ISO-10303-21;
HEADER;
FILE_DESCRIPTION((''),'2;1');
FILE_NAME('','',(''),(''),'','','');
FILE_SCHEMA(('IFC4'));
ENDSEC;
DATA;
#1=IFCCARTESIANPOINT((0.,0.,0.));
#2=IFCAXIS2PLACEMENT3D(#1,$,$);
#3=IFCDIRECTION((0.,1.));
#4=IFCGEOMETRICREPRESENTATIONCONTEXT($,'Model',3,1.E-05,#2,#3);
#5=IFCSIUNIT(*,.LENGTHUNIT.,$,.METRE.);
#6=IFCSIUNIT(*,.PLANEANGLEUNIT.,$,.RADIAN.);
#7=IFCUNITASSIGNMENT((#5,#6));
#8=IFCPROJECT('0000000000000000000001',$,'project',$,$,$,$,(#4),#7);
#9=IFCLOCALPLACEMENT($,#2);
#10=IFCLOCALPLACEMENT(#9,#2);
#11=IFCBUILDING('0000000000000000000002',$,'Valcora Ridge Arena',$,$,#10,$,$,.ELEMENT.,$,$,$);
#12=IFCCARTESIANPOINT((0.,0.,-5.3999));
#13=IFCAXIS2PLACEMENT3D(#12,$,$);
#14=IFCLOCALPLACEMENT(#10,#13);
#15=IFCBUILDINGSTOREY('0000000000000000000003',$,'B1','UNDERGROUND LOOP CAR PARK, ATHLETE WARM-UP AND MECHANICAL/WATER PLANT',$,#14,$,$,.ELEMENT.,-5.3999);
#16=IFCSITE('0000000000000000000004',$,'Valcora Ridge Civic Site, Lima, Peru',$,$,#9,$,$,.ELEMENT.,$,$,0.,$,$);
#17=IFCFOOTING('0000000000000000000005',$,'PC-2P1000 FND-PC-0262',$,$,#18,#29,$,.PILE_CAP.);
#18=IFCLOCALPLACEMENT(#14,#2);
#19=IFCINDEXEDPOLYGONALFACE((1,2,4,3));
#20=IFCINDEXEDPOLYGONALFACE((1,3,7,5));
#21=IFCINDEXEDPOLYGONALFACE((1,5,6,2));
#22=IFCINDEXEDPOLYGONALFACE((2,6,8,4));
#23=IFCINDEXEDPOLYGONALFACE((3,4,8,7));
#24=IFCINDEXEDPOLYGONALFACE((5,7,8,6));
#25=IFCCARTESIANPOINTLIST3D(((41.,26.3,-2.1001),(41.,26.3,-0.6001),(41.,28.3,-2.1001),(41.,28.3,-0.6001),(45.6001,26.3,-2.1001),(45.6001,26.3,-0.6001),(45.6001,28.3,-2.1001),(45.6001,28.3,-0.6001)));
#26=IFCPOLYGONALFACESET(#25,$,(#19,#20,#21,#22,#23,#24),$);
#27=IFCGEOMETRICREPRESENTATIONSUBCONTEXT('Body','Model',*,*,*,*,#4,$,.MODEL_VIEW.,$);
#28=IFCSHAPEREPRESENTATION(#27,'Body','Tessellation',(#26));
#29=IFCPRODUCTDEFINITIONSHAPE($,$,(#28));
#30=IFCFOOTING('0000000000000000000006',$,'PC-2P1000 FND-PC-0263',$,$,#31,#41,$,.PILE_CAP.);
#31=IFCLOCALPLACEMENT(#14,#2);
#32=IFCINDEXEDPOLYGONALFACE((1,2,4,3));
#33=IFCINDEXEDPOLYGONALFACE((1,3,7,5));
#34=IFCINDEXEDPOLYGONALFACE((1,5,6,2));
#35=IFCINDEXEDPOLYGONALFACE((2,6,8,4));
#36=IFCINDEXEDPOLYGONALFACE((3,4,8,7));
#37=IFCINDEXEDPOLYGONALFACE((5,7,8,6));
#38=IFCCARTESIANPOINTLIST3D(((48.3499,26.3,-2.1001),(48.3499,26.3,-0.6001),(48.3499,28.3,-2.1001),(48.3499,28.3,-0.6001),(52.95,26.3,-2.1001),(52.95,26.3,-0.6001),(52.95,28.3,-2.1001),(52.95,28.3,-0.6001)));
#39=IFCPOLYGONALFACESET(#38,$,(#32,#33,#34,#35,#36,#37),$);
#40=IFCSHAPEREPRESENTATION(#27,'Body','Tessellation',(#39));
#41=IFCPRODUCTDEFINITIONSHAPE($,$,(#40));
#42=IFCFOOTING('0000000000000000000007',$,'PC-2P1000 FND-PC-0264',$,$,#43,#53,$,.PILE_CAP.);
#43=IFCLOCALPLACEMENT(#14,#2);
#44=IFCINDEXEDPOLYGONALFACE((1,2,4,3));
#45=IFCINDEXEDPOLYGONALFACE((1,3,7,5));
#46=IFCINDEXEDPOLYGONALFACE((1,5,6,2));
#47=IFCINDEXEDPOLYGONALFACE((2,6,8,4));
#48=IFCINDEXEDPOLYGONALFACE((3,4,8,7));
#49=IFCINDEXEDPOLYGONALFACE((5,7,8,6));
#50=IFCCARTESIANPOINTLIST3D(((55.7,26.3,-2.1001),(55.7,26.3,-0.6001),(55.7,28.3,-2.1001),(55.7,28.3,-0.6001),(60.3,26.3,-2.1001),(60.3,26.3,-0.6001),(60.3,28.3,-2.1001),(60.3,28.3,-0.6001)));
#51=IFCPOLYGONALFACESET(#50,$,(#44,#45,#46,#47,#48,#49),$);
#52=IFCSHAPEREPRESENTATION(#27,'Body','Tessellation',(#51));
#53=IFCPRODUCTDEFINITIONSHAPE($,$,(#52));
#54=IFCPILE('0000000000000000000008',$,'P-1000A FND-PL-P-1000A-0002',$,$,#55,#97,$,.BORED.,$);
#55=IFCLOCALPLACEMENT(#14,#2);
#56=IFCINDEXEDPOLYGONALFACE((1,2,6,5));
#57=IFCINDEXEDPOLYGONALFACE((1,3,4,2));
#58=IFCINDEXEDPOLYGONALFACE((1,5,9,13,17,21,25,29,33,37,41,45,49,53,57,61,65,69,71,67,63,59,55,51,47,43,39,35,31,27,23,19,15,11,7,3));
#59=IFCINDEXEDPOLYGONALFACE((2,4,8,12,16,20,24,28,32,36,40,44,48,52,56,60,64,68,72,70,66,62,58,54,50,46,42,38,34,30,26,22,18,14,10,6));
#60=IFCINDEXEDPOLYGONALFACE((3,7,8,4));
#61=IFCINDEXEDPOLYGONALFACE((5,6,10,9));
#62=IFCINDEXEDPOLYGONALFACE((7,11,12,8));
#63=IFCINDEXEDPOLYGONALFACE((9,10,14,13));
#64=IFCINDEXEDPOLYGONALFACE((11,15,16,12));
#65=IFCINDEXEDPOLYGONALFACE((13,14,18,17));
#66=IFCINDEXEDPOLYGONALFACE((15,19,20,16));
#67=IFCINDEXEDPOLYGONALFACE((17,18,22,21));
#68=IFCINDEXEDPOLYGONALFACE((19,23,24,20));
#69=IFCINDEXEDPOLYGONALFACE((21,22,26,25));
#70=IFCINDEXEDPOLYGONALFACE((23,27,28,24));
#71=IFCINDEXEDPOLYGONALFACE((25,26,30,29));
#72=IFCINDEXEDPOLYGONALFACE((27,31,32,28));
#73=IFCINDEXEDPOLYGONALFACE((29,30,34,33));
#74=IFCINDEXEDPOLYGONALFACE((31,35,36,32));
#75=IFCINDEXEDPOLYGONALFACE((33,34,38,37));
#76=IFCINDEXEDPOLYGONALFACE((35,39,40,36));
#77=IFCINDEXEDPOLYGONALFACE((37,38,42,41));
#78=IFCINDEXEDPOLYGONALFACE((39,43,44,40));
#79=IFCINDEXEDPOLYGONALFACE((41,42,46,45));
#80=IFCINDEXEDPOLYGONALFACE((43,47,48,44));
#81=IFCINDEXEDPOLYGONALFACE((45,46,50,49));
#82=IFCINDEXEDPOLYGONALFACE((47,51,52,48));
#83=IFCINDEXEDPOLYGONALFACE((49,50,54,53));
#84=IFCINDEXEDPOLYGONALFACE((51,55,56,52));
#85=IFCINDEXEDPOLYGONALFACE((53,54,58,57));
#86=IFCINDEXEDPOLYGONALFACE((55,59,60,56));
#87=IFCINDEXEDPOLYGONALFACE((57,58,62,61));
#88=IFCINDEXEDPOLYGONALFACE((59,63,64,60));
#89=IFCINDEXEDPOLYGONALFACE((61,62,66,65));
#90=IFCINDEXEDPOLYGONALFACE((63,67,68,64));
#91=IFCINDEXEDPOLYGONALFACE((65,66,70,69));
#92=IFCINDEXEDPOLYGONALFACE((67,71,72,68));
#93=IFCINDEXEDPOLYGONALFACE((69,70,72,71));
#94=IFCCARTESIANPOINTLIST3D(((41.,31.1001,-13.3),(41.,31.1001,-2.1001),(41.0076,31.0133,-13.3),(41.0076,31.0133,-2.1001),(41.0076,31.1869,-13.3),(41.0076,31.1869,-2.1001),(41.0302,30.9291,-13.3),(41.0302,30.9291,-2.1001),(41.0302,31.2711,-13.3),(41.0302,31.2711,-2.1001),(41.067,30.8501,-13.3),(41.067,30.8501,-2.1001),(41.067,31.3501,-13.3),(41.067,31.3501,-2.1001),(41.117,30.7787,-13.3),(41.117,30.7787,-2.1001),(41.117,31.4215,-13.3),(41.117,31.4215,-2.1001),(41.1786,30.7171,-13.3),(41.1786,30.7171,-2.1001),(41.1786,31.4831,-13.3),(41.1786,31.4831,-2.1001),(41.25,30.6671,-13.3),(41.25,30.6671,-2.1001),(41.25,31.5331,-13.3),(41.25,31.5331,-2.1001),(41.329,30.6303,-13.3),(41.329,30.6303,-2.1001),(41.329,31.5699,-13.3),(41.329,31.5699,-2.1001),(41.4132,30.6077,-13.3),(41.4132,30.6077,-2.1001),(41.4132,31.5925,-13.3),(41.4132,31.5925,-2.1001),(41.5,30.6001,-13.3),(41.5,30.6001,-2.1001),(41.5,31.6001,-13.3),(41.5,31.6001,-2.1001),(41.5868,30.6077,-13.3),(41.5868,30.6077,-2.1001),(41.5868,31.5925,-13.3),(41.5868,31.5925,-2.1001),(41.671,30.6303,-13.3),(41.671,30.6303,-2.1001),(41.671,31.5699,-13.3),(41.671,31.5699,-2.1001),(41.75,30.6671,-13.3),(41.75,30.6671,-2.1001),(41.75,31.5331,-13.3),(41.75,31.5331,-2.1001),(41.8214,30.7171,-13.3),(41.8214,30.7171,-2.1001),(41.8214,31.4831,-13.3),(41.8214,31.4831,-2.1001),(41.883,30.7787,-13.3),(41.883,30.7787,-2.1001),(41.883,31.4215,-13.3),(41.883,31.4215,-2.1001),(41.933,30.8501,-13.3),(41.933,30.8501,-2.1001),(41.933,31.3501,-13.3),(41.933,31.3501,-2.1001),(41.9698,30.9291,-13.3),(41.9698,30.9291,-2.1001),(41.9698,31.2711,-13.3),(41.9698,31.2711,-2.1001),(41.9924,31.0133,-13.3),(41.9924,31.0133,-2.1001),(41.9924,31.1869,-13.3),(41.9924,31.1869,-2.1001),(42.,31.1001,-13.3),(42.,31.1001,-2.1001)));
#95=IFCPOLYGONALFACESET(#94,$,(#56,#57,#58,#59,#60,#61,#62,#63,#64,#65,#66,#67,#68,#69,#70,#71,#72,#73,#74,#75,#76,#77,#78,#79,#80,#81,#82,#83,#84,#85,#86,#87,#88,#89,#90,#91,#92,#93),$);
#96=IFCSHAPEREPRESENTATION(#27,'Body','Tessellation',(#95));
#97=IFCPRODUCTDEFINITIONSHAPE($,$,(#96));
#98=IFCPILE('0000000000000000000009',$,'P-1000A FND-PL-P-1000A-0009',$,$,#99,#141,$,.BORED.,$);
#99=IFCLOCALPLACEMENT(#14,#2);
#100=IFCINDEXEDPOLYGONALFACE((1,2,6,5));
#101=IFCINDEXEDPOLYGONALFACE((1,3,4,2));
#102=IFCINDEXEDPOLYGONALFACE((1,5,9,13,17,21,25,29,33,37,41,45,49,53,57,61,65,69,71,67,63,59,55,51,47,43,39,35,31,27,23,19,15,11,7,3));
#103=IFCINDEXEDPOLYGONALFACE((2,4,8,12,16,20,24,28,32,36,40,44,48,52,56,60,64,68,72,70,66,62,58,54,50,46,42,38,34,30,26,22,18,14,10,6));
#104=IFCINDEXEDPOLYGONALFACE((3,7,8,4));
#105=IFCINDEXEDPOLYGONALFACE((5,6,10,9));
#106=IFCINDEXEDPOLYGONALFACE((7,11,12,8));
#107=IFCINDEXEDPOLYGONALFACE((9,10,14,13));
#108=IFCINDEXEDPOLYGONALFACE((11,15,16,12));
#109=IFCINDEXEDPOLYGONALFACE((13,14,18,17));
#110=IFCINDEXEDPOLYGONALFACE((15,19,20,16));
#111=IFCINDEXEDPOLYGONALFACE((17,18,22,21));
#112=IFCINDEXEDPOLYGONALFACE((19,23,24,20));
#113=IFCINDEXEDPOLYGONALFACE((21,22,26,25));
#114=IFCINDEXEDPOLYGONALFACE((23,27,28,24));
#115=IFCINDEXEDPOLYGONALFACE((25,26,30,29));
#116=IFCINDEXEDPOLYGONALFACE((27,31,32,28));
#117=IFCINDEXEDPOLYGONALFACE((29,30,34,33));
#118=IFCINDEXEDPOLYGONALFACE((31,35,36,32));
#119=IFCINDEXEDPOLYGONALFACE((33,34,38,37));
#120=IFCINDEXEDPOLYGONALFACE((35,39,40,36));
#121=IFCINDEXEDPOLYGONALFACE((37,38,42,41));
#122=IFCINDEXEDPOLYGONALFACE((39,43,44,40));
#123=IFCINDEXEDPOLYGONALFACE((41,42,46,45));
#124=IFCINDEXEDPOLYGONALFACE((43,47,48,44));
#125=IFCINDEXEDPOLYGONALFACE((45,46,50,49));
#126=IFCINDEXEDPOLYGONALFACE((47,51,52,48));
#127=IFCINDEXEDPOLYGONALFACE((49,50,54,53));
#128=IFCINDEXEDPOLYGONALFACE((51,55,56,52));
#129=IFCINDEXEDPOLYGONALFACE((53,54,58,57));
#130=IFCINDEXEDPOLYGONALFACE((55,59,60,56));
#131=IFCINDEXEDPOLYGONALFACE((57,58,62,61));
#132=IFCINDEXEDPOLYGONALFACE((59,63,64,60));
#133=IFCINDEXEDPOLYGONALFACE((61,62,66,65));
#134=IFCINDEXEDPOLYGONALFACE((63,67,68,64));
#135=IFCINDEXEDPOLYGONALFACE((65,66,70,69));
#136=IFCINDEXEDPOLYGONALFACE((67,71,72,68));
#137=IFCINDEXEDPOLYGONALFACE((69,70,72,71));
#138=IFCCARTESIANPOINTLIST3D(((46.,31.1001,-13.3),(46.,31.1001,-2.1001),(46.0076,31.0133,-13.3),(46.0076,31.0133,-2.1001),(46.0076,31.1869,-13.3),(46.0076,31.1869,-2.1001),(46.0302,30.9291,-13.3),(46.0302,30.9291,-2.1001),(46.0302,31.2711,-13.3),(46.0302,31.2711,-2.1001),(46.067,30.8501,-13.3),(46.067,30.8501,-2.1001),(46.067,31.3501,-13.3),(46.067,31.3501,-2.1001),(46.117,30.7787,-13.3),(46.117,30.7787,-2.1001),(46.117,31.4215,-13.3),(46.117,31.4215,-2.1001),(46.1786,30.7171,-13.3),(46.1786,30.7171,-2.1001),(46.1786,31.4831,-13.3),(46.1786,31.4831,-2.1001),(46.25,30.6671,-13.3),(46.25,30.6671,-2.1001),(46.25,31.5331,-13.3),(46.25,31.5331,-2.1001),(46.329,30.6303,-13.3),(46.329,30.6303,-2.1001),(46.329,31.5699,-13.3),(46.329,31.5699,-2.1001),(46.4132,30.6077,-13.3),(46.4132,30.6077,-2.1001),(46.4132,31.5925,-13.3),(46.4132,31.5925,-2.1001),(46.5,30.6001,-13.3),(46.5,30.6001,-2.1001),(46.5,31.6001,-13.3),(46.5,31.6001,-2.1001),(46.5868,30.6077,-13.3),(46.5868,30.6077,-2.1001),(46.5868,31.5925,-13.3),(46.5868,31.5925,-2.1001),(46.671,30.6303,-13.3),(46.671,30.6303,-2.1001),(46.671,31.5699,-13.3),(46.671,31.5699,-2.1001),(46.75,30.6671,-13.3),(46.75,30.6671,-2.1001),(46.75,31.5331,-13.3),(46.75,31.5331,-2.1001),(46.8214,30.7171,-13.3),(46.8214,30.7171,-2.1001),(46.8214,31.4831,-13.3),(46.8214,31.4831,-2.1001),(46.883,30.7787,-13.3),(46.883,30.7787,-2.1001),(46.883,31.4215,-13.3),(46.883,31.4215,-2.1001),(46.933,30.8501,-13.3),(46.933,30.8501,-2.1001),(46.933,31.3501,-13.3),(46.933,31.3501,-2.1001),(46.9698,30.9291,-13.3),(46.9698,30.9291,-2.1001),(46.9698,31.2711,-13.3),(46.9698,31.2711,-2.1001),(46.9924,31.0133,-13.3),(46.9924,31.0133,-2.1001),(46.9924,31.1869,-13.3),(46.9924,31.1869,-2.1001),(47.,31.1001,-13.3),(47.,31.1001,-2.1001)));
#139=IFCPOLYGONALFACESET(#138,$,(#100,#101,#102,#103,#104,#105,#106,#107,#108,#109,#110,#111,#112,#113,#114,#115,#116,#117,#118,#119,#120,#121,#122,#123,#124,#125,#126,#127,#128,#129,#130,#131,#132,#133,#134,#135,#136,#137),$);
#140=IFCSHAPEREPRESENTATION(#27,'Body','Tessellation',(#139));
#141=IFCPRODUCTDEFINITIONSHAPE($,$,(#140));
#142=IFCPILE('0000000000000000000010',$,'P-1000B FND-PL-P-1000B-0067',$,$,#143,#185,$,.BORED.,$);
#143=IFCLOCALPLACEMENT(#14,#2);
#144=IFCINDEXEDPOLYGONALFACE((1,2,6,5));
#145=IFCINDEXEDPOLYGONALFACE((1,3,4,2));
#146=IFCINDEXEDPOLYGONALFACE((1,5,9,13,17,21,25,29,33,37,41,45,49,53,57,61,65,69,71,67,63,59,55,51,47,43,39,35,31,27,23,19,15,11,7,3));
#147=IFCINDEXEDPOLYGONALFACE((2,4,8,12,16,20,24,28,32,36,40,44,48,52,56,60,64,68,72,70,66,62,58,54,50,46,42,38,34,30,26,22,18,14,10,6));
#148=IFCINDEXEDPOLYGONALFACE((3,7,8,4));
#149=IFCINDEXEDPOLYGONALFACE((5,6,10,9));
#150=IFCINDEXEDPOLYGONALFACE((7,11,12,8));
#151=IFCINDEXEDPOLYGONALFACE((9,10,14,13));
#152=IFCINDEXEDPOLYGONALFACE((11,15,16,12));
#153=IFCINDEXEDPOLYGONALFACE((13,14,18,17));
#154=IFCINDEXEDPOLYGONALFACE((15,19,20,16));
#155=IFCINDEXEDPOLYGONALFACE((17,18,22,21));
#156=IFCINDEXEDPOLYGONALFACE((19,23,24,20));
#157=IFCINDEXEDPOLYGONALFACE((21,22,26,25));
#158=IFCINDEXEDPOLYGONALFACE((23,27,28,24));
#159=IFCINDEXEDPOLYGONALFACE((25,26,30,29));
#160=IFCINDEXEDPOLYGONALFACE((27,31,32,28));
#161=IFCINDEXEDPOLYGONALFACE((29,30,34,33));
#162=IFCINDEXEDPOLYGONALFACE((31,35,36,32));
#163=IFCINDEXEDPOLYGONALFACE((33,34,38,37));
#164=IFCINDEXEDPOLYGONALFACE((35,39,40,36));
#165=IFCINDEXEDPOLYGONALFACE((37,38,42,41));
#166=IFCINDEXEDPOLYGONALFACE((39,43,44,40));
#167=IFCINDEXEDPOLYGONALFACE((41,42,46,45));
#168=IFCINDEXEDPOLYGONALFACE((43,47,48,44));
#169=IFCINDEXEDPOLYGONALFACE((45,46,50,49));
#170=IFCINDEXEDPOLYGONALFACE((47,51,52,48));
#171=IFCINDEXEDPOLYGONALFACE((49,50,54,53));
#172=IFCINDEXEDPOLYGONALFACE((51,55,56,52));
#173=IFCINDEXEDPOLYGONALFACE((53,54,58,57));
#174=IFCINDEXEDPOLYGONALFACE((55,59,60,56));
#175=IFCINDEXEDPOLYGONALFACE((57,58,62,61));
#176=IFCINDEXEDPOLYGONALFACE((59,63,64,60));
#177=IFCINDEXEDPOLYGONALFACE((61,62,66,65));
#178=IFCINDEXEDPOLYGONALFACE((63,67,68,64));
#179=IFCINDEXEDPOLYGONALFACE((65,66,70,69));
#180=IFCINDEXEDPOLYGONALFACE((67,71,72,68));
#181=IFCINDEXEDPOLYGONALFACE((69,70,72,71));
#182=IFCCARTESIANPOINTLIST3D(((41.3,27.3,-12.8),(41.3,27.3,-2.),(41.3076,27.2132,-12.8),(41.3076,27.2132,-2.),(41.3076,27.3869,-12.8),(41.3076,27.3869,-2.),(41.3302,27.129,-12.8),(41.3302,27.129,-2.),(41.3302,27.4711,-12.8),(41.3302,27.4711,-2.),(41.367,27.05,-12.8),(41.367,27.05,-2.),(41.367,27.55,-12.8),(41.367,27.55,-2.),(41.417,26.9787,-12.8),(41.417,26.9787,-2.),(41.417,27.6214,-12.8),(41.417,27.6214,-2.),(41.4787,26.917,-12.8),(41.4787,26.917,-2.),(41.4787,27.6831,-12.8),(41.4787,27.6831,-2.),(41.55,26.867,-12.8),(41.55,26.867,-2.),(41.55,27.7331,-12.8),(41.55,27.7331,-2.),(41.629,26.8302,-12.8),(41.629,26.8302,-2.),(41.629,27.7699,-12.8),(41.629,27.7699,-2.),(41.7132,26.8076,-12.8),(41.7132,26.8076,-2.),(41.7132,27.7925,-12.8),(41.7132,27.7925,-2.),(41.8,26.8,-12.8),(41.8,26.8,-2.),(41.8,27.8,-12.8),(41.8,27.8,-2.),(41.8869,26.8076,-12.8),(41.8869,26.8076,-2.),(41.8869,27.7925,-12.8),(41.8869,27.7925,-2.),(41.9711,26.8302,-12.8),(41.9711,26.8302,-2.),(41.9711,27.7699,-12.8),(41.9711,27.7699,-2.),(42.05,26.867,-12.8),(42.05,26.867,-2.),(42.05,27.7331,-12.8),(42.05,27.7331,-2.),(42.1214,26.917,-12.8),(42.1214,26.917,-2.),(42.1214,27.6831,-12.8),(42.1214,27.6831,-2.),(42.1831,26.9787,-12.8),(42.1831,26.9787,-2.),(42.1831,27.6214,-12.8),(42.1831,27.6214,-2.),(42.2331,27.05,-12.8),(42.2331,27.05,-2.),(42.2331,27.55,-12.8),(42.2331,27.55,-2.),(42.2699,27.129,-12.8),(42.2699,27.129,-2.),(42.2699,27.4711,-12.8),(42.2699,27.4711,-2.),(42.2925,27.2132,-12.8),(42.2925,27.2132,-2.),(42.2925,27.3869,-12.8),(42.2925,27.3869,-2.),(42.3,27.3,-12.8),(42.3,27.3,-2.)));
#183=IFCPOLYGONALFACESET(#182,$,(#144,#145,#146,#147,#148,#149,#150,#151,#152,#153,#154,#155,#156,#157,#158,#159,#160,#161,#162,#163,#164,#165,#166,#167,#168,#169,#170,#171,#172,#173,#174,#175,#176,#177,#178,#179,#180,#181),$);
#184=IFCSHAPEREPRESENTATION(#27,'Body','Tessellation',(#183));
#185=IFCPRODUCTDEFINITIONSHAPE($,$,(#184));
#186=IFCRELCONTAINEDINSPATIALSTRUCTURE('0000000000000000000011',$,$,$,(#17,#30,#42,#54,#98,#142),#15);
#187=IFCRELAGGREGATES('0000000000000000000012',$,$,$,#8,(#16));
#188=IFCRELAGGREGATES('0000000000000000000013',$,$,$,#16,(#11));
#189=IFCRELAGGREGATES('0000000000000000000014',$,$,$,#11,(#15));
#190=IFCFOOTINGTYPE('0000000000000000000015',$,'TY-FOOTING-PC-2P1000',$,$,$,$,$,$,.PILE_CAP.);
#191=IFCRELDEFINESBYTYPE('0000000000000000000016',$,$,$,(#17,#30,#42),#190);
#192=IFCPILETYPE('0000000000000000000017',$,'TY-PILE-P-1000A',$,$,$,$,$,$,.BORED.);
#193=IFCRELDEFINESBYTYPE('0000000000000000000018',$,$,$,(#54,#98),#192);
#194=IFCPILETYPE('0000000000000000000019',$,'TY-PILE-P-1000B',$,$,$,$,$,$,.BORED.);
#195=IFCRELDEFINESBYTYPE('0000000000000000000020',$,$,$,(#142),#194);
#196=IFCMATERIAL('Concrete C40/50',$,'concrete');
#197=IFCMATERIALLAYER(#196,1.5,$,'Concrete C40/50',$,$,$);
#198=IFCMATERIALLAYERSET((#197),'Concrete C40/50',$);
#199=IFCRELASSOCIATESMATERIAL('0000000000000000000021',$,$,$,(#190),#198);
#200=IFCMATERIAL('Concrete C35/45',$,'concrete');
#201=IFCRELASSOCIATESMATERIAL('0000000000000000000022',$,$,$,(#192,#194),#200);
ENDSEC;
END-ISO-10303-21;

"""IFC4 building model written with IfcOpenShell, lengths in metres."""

from ifc_helpers import new_model, si_unit, direction, frame, origin, origin_2d, place, context, subcontext, project, spatial, rectangle, circle, extrude, material, layer, layer_set, material_profile, profile_set, type_object, element, save


model = new_model("IFC4")

# Units and contexts
model_context = context("Model", 3, precision=1e-05, world=origin(), true_north=direction((0.0, 1.0)))
body_context = subcontext(model_context, "Body", "Model", "MODEL_VIEW")
ifc_project = project(units=[si_unit("LENGTHUNIT", "METRE"), si_unit("PLANEANGLEUNIT", "RADIAN")], contexts=[model_context])

# Site, building, storey
site_placement = place(None, origin())
site = spatial("IfcSite", under=ifc_project, at=site_placement, Name="Valcora Ridge Civic Site, Lima, Peru", CompositionType="ELEMENT", RefElevation=0.0)
building_placement = place(site_placement, origin())
building = spatial("IfcBuilding", under=site, at=building_placement, Name="Valcora Ridge Arena", CompositionType="ELEMENT")
storey_placement = place(building_placement, frame((0.0, 0.0, -5.3999)))
storey = spatial("IfcBuildingStorey", under=building, at=storey_placement, Name="B1", Description="UNDERGROUND LOOP CAR PARK, ATHLETE WARM-UP AND MECHANICAL/WATER PLANT", CompositionType="ELEMENT", Elevation=-5.3999)

# Footings
ifc_material_1 = material(Name="Concrete C40/50", Category="concrete")
ifc_layer_1 = layer(ifc_material_1, 1.5, Name="Concrete C40/50")
ifc_layer_set_1 = layer_set([ifc_layer_1], Name="Concrete C40/50")
footing_type = type_object("IfcFootingType", Name="TY-FOOTING-PC-2P1000", PredefinedType="PILE_CAP", material=ifc_layer_set_1)
for number, where, z_axis, x_axis, name in (
    (1, (43.3, 27.3, -2.1001), (0.0, 0.0, 1.0), (1.0, 0.0, 0.0), "PC-2P1000 FND-PC-0262"),
    (2, (50.6499, 27.3, -2.1001), (0.0, 0.0, 1.0), (1.0, 0.0, 0.0), "PC-2P1000 FND-PC-0263"),
    (3, (58.0, 27.3, -2.1001), (0.0, 0.0, 1.0), (1.0, 0.0, 0.0), "PC-2P1000 FND-PC-0264"),
):
    element("IfcFooting", number, at=place(storey_placement, frame(where, z_axis=z_axis, x_axis=x_axis)), inside=storey, type_object=footing_type, Name=name, PredefinedType="PILE_CAP", context=body_context, shape_type="SweptSolid", body=[
        extrude(rectangle(XDim=4.6001, YDim=2.0, at=origin_2d()), origin(), (0.0, 0.0, 1.0), 1.5),
    ])

# Piles
ifc_material_2 = material(Name="Concrete C35/45", Category="concrete")
ifc_material_profile_1 = material_profile(ifc_material_2, circle(Radius=0.5, at=origin_2d()), Name="BORED PILE D1000")
ifc_profile_set_1 = profile_set([ifc_material_profile_1], Name="Concrete C35/45")
pile_type_1 = type_object("IfcPileType", Name="TY-PILE-P-1000A", PredefinedType="BORED", material=ifc_profile_set_1)
for number, where, z_axis, x_axis, name in (
    (4, (41.5, 31.1001, -2.1001), (0.0, 0.0, -1.0), (1.0, 0.0, 0.0), "P-1000A FND-PL-P-1000A-0002"),
    (5, (46.5, 31.1001, -2.1001), (0.0, 0.0, -1.0), (1.0, 0.0, 0.0), "P-1000A FND-PL-P-1000A-0009"),
):
    element("IfcPile", number, at=place(storey_placement, frame(where, z_axis=z_axis, x_axis=x_axis)), inside=storey, type_object=pile_type_1, Name=name, PredefinedType="BORED", context=body_context, shape_type="SweptSolid", body=[
        extrude(circle(Radius=0.5, at=origin_2d()), origin(), (0.0, 0.0, 1.0), 11.2),
    ])
ifc_material_profile_2 = material_profile(ifc_material_2, circle(Radius=0.5, at=origin_2d()), Name="BORED PILE D1000")
ifc_profile_set_2 = profile_set([ifc_material_profile_2], Name="Concrete C35/45")
pile_type_2 = type_object("IfcPileType", Name="TY-PILE-P-1000B", PredefinedType="BORED", material=ifc_profile_set_2)
for number, where, z_axis, x_axis, name in (
    (6, (41.8, 27.3, -2.0), (0.0, 0.0, -1.0), (1.0, 0.0, 0.0), "P-1000B FND-PL-P-1000B-0067"),
):
    element("IfcPile", number, at=place(storey_placement, frame(where, z_axis=z_axis, x_axis=x_axis)), inside=storey, type_object=pile_type_2, Name=name, PredefinedType="BORED", context=body_context, shape_type="SweptSolid", body=[
        extrude(circle(Radius=0.5, at=origin_2d()), origin(), (0.0, 0.0, 1.0), 10.8),
    ])

save(model, "model.ifc")
